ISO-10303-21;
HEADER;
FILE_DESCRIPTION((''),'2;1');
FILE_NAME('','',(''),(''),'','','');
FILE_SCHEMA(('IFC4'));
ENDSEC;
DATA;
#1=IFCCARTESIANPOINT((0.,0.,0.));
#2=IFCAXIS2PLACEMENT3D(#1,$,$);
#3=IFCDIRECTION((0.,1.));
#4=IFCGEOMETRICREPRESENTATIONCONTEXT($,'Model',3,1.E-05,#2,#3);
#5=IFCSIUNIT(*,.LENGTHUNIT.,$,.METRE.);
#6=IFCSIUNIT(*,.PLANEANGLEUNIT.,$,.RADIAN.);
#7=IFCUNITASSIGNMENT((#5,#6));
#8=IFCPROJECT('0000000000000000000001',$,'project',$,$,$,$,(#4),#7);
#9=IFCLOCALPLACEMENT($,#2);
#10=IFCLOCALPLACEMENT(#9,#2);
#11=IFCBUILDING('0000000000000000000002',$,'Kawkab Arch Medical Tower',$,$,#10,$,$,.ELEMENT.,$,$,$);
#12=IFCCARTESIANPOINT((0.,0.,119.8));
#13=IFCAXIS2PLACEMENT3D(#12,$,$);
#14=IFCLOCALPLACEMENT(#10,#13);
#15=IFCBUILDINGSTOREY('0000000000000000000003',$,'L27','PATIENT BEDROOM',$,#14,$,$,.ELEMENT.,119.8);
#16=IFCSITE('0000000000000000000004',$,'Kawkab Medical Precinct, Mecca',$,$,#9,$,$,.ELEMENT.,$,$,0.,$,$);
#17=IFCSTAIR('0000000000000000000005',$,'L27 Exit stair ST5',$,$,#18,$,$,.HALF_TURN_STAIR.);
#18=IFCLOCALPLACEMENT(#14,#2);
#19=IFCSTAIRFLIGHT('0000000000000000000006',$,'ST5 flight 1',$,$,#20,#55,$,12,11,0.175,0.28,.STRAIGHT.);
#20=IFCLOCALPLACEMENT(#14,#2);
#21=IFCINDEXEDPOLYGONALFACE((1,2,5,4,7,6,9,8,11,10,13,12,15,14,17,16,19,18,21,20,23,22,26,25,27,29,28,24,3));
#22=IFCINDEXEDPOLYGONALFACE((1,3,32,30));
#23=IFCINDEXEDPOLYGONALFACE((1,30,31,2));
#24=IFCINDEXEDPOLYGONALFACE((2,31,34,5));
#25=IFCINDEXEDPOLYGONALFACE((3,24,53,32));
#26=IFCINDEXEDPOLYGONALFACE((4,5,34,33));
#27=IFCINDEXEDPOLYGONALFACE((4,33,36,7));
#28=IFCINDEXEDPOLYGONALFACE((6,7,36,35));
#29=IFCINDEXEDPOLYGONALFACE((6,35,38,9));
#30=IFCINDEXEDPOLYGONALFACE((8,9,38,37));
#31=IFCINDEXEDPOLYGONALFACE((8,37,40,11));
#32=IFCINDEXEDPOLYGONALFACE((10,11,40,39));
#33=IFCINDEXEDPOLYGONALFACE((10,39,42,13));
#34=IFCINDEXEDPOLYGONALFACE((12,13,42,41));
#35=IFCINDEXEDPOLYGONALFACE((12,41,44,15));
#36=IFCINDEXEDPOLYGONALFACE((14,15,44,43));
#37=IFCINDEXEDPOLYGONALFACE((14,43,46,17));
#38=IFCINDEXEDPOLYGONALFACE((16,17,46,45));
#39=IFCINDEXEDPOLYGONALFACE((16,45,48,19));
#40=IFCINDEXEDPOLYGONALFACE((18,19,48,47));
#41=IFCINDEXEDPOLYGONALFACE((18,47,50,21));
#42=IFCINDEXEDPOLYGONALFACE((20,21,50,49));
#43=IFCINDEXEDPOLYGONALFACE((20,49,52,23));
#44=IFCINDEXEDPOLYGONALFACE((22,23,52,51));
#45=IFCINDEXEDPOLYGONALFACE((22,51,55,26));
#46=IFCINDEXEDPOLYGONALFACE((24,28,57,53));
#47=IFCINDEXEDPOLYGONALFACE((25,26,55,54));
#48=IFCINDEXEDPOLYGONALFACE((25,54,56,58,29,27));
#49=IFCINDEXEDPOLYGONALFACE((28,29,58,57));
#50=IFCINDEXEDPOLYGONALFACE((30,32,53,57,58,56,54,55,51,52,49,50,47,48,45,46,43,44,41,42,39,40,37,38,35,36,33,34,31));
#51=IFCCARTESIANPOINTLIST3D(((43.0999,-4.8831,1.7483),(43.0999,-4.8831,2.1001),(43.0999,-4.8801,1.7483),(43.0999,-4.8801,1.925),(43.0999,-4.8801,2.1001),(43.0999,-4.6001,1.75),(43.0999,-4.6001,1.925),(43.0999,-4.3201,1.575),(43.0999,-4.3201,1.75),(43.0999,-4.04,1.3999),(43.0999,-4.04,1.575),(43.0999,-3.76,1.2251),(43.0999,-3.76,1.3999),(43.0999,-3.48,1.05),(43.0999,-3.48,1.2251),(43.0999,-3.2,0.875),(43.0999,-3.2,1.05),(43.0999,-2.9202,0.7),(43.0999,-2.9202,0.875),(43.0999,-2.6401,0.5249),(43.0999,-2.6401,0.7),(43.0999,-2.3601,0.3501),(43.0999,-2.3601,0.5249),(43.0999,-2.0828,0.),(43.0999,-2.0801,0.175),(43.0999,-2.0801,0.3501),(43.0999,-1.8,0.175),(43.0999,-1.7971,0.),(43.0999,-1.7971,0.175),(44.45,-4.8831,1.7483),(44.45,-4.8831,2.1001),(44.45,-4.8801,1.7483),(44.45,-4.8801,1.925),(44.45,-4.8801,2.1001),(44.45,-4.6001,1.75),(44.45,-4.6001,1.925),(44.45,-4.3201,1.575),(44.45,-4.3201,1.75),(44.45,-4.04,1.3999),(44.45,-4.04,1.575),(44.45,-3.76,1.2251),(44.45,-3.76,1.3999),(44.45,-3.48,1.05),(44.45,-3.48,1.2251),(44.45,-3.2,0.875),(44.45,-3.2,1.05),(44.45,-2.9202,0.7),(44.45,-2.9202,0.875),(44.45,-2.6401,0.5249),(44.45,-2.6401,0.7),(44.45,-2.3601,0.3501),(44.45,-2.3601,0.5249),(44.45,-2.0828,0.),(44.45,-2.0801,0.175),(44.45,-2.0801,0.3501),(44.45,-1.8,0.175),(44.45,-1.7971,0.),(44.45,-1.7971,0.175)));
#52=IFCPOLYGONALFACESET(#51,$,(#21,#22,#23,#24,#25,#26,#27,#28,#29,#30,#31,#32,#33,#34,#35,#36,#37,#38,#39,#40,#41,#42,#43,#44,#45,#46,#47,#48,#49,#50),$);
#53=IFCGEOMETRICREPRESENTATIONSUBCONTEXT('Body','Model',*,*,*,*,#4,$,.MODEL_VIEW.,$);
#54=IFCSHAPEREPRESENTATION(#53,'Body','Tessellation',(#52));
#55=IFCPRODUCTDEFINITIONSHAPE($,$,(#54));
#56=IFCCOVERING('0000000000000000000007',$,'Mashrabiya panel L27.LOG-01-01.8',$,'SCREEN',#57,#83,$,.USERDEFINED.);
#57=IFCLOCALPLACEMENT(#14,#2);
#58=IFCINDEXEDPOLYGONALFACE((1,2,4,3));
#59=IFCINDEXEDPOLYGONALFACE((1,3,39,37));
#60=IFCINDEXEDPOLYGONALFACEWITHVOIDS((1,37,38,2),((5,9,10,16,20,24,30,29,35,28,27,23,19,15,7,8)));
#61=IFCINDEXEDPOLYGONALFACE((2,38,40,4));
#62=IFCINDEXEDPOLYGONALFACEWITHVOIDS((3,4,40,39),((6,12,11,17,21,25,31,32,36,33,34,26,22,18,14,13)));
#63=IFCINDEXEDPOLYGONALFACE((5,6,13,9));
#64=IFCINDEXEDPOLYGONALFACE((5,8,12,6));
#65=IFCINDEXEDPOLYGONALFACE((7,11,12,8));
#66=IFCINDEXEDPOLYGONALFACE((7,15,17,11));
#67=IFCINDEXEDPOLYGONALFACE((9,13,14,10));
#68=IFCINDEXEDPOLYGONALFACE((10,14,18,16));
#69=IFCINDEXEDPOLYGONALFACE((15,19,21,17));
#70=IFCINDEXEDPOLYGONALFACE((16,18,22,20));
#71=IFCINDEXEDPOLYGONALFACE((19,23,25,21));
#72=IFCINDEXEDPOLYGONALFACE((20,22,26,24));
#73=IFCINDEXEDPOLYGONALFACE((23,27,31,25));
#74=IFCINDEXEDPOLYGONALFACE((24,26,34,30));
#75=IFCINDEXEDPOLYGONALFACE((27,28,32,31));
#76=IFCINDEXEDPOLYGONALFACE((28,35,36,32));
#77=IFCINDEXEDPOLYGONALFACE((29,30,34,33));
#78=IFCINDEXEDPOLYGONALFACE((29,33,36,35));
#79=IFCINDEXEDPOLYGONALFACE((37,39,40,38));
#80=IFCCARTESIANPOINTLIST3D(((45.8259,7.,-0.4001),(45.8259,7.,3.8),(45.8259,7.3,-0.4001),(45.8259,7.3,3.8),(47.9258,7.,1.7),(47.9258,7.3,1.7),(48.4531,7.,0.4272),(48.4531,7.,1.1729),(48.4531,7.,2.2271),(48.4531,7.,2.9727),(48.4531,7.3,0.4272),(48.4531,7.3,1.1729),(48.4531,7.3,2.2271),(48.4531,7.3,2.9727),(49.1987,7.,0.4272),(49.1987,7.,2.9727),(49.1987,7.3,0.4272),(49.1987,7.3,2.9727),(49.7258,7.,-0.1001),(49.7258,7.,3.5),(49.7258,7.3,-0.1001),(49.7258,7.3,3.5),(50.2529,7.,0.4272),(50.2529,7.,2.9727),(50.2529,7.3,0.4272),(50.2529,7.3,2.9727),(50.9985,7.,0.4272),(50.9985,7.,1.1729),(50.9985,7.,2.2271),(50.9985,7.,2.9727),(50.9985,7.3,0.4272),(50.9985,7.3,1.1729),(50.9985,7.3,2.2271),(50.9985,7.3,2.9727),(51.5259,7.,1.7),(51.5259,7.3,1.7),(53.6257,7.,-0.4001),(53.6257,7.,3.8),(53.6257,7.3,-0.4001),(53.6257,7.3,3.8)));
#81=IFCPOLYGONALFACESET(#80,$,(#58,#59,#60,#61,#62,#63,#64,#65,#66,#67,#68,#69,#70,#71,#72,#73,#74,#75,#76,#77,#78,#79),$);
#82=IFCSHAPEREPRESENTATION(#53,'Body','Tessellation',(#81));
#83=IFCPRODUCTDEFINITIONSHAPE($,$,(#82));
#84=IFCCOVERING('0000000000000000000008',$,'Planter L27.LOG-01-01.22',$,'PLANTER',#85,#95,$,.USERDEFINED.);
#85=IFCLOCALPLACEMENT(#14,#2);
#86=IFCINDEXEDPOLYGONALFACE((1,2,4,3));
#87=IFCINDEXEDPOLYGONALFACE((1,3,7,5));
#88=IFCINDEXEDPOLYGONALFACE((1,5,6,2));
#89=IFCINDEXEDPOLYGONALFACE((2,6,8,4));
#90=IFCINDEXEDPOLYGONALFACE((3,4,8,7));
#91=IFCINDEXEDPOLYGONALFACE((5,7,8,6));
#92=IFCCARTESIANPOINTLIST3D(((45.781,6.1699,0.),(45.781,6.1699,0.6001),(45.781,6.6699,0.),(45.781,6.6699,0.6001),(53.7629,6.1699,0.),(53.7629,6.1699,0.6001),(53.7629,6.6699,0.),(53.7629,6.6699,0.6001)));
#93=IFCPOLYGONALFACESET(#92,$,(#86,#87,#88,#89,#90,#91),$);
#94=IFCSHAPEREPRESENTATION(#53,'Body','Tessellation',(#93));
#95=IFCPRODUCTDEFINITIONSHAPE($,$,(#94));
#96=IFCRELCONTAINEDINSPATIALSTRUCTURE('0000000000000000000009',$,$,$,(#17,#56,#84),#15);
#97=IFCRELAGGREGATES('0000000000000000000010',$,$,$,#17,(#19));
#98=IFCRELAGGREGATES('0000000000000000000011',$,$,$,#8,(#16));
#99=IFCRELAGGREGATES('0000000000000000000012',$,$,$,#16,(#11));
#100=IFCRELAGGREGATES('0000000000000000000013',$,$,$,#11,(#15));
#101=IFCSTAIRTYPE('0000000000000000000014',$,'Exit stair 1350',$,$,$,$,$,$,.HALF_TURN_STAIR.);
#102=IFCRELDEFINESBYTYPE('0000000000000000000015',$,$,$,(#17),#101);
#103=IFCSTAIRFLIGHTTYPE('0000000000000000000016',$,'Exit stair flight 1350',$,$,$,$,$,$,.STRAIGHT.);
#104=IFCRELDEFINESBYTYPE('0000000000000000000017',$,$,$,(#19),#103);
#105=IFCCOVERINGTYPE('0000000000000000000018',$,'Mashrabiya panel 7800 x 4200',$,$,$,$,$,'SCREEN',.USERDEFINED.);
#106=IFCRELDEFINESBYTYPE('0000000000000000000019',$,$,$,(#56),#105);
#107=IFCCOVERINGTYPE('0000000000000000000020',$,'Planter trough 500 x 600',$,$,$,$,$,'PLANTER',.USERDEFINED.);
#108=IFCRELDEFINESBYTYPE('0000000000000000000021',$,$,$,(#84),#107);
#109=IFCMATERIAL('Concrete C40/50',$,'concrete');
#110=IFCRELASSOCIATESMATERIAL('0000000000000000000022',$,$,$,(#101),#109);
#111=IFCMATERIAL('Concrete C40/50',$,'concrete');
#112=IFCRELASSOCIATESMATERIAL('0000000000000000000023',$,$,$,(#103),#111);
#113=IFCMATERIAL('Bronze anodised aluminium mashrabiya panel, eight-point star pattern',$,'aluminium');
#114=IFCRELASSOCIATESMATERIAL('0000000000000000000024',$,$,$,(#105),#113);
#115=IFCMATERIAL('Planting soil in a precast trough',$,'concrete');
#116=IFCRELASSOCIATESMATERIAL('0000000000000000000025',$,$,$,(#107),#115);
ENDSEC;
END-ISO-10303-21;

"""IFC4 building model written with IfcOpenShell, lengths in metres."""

from ifc_helpers import new_model, si_unit, direction, frame, origin, origin_2d, place, context, subcontext, project, spatial, polyline, rectangle, outline, extrude, material, material_profile, profile_set, type_object, element, aggregate, save


model = new_model("IFC4")

# Units and contexts
model_context = context("Model", 3, precision=1e-05, world=origin(), true_north=direction((0.0, 1.0)))
body_context = subcontext(model_context, "Body", "Model", "MODEL_VIEW")
ifc_project = project(units=[si_unit("LENGTHUNIT", "METRE"), si_unit("PLANEANGLEUNIT", "RADIAN")], contexts=[model_context])

# Site, building, storey
site_placement = place(None, origin())
site = spatial("IfcSite", under=ifc_project, at=site_placement, Name="Kawkab Medical Precinct, Mecca", CompositionType="ELEMENT", RefElevation=0.0)
building_placement = place(site_placement, origin())
building = spatial("IfcBuilding", under=site, at=building_placement, Name="Kawkab Arch Medical Tower", CompositionType="ELEMENT")
storey_placement = place(building_placement, frame((0.0, 0.0, 119.8)))
storey = spatial("IfcBuildingStorey", under=building, at=storey_placement, Name="L27", Description="PATIENT BEDROOM", CompositionType="ELEMENT", Elevation=119.8)

# Shared definitions
placement = place(storey_placement, origin())

# Stair, stair flight
ifc_material_1 = material(Name="Concrete C40/50", Category="concrete")
stair_type = type_object("IfcStairType", Name="Exit stair 1350", PredefinedType="HALF_TURN_STAIR", material=ifc_material_1)
stair = element("IfcStair", 1, at=placement, inside=storey, type_object=stair_type, Name="L27 Exit stair ST5", PredefinedType="HALF_TURN_STAIR")
ifc_material_2 = material(Name="Concrete C40/50", Category="concrete")
stair_flight_type = type_object("IfcStairFlightType", Name="Exit stair flight 1350", PredefinedType="STRAIGHT", material=ifc_material_2)
stair_flight_placement = place(storey_placement, frame((43.7749, -1.8, 0.0), z_axis=(0.0, 0.0, 1.0), x_axis=(0.0, -1.0, 0.0)))
stair_flight = element("IfcStairFlight", 2, at=stair_flight_placement, type_object=stair_flight_type, Name="ST5 flight 1", NumberOfRisers=12, NumberOfTreads=11, PredefinedType="STRAIGHT", RiserHeight=0.175, TreadLength=0.28, context=body_context, shape_type="SweptSolid", body=[
    extrude(outline(polyline([(-0.0029, 0.0), (-0.0029, 0.175), (0.0, 0.175), (0.28, 0.175), (0.28, 0.3501), (0.5601, 0.3501), (0.5601, 0.5249), (0.8401, 0.5249), (0.8401, 0.7), (1.1201, 0.7), (1.1201, 0.875), (1.3999, 0.875), (1.3999, 1.05), (1.6799, 1.05), (1.6799, 1.2251), (1.96, 1.2251), (1.96, 1.3999), (2.24, 1.3999), (2.24, 1.575), (2.52, 1.575), (2.52, 1.75), (2.8, 1.75), (2.8, 1.925), (3.0801, 1.925), (3.0801, 2.1001), (3.083, 2.1001), (3.083, 1.7483), (3.0801, 1.7483), (0.2827, 0.0), (-0.0029, 0.0)])), frame((0.0, 0.675, 0.0), z_axis=(0.0, -1.0, 0.0), x_axis=(1.0, 0.0, 0.0)), (0.0, 0.0, 1.0), 1.3501),
])
aggregate(stair, [stair_flight])

# Coverings
ifc_material_3 = material(Name="Bronze anodised aluminium mashrabiya panel, eight-point star pattern", Category="aluminium")
ifc_material_profile_1 = material_profile(ifc_material_3, outline(polyline([(-3.8999, -2.1001), (3.8999, -2.1001), (3.8999, 2.1001), (-3.8999, 2.1001), (-3.8999, -2.1001)]), holes=[polyline([(1.8, 0.0), (1.2727, 0.5271), (1.2727, 1.2727), (0.5271, 1.2727), (0.0, 1.8), (-0.5271, 1.2727), (-1.2727, 1.2727), (-1.2727, 0.5271), (-1.8, 0.0), (-1.2727, -0.5271), (-1.2727, -1.2727), (-0.5271, -1.2727), (0.0, -1.8), (0.5271, -1.2727), (1.2727, -1.2727), (1.2727, -0.5271), (1.8, 0.0)])]), Name="Mashrabiya panel 7800x4200")
ifc_profile_set_1 = profile_set([ifc_material_profile_1], Name="Bronze anodised aluminium mashrabiya panel, eight-point star pattern")
covering_type_1 = type_object("IfcCoveringType", Name="Mashrabiya panel 7800 x 4200", ElementType="SCREEN", PredefinedType="USERDEFINED", material=ifc_profile_set_1)
covering_1_placement = place(storey_placement, frame((49.7258, 7.0, 1.7), z_axis=(0.0, 1.0, 0.0), x_axis=(-1.0, 0.0, 0.0)))
element("IfcCovering", 3, at=covering_1_placement, inside=storey, type_object=covering_type_1, Name="Mashrabiya panel L27.LOG-01-01.8", ObjectType="SCREEN", PredefinedType="USERDEFINED", context=body_context, shape_type="SweptSolid", body=[
    extrude(outline(polyline([(-3.8999, -2.1001), (3.8999, -2.1001), (3.8999, 2.1001), (-3.8999, 2.1001), (-3.8999, -2.1001)]), holes=[polyline([(1.8, 0.0), (1.2727, 0.5271), (1.2727, 1.2727), (0.5271, 1.2727), (0.0, 1.8), (-0.5271, 1.2727), (-1.2727, 1.2727), (-1.2727, 0.5271), (-1.8, 0.0), (-1.2727, -0.5271), (-1.2727, -1.2727), (-0.5271, -1.2727), (0.0, -1.8), (0.5271, -1.2727), (1.2727, -1.2727), (1.2727, -0.5271), (1.8, 0.0)])]), origin(), (0.0, 0.0, 1.0), 0.3),
])
ifc_material_4 = material(Name="Planting soil in a precast trough", Category="concrete")
ifc_material_profile_2 = material_profile(ifc_material_4, rectangle(XDim=0.5, YDim=0.6001, at=origin_2d()), Name="Trough 500x600")
ifc_profile_set_2 = profile_set([ifc_material_profile_2], Name="Planting soil in a precast trough")
covering_type_2 = type_object("IfcCoveringType", Name="Planter trough 500 x 600", ElementType="PLANTER", PredefinedType="USERDEFINED", material=ifc_profile_set_2)
covering_2_placement = place(storey_placement, frame((45.781, 6.4199, 0.3), z_axis=(1.0, 0.0, 0.0), x_axis=(0.0, 1.0, 0.0)))
element("IfcCovering", 4, at=covering_2_placement, inside=storey, type_object=covering_type_2, Name="Planter L27.LOG-01-01.22", ObjectType="PLANTER", PredefinedType="USERDEFINED", context=body_context, shape_type="SweptSolid", body=[
    extrude(rectangle(XDim=0.5, YDim=0.6001, at=origin_2d()), origin(), (0.0, 0.0, 1.0), 7.9819),
])

save(model, "model.ifc")
